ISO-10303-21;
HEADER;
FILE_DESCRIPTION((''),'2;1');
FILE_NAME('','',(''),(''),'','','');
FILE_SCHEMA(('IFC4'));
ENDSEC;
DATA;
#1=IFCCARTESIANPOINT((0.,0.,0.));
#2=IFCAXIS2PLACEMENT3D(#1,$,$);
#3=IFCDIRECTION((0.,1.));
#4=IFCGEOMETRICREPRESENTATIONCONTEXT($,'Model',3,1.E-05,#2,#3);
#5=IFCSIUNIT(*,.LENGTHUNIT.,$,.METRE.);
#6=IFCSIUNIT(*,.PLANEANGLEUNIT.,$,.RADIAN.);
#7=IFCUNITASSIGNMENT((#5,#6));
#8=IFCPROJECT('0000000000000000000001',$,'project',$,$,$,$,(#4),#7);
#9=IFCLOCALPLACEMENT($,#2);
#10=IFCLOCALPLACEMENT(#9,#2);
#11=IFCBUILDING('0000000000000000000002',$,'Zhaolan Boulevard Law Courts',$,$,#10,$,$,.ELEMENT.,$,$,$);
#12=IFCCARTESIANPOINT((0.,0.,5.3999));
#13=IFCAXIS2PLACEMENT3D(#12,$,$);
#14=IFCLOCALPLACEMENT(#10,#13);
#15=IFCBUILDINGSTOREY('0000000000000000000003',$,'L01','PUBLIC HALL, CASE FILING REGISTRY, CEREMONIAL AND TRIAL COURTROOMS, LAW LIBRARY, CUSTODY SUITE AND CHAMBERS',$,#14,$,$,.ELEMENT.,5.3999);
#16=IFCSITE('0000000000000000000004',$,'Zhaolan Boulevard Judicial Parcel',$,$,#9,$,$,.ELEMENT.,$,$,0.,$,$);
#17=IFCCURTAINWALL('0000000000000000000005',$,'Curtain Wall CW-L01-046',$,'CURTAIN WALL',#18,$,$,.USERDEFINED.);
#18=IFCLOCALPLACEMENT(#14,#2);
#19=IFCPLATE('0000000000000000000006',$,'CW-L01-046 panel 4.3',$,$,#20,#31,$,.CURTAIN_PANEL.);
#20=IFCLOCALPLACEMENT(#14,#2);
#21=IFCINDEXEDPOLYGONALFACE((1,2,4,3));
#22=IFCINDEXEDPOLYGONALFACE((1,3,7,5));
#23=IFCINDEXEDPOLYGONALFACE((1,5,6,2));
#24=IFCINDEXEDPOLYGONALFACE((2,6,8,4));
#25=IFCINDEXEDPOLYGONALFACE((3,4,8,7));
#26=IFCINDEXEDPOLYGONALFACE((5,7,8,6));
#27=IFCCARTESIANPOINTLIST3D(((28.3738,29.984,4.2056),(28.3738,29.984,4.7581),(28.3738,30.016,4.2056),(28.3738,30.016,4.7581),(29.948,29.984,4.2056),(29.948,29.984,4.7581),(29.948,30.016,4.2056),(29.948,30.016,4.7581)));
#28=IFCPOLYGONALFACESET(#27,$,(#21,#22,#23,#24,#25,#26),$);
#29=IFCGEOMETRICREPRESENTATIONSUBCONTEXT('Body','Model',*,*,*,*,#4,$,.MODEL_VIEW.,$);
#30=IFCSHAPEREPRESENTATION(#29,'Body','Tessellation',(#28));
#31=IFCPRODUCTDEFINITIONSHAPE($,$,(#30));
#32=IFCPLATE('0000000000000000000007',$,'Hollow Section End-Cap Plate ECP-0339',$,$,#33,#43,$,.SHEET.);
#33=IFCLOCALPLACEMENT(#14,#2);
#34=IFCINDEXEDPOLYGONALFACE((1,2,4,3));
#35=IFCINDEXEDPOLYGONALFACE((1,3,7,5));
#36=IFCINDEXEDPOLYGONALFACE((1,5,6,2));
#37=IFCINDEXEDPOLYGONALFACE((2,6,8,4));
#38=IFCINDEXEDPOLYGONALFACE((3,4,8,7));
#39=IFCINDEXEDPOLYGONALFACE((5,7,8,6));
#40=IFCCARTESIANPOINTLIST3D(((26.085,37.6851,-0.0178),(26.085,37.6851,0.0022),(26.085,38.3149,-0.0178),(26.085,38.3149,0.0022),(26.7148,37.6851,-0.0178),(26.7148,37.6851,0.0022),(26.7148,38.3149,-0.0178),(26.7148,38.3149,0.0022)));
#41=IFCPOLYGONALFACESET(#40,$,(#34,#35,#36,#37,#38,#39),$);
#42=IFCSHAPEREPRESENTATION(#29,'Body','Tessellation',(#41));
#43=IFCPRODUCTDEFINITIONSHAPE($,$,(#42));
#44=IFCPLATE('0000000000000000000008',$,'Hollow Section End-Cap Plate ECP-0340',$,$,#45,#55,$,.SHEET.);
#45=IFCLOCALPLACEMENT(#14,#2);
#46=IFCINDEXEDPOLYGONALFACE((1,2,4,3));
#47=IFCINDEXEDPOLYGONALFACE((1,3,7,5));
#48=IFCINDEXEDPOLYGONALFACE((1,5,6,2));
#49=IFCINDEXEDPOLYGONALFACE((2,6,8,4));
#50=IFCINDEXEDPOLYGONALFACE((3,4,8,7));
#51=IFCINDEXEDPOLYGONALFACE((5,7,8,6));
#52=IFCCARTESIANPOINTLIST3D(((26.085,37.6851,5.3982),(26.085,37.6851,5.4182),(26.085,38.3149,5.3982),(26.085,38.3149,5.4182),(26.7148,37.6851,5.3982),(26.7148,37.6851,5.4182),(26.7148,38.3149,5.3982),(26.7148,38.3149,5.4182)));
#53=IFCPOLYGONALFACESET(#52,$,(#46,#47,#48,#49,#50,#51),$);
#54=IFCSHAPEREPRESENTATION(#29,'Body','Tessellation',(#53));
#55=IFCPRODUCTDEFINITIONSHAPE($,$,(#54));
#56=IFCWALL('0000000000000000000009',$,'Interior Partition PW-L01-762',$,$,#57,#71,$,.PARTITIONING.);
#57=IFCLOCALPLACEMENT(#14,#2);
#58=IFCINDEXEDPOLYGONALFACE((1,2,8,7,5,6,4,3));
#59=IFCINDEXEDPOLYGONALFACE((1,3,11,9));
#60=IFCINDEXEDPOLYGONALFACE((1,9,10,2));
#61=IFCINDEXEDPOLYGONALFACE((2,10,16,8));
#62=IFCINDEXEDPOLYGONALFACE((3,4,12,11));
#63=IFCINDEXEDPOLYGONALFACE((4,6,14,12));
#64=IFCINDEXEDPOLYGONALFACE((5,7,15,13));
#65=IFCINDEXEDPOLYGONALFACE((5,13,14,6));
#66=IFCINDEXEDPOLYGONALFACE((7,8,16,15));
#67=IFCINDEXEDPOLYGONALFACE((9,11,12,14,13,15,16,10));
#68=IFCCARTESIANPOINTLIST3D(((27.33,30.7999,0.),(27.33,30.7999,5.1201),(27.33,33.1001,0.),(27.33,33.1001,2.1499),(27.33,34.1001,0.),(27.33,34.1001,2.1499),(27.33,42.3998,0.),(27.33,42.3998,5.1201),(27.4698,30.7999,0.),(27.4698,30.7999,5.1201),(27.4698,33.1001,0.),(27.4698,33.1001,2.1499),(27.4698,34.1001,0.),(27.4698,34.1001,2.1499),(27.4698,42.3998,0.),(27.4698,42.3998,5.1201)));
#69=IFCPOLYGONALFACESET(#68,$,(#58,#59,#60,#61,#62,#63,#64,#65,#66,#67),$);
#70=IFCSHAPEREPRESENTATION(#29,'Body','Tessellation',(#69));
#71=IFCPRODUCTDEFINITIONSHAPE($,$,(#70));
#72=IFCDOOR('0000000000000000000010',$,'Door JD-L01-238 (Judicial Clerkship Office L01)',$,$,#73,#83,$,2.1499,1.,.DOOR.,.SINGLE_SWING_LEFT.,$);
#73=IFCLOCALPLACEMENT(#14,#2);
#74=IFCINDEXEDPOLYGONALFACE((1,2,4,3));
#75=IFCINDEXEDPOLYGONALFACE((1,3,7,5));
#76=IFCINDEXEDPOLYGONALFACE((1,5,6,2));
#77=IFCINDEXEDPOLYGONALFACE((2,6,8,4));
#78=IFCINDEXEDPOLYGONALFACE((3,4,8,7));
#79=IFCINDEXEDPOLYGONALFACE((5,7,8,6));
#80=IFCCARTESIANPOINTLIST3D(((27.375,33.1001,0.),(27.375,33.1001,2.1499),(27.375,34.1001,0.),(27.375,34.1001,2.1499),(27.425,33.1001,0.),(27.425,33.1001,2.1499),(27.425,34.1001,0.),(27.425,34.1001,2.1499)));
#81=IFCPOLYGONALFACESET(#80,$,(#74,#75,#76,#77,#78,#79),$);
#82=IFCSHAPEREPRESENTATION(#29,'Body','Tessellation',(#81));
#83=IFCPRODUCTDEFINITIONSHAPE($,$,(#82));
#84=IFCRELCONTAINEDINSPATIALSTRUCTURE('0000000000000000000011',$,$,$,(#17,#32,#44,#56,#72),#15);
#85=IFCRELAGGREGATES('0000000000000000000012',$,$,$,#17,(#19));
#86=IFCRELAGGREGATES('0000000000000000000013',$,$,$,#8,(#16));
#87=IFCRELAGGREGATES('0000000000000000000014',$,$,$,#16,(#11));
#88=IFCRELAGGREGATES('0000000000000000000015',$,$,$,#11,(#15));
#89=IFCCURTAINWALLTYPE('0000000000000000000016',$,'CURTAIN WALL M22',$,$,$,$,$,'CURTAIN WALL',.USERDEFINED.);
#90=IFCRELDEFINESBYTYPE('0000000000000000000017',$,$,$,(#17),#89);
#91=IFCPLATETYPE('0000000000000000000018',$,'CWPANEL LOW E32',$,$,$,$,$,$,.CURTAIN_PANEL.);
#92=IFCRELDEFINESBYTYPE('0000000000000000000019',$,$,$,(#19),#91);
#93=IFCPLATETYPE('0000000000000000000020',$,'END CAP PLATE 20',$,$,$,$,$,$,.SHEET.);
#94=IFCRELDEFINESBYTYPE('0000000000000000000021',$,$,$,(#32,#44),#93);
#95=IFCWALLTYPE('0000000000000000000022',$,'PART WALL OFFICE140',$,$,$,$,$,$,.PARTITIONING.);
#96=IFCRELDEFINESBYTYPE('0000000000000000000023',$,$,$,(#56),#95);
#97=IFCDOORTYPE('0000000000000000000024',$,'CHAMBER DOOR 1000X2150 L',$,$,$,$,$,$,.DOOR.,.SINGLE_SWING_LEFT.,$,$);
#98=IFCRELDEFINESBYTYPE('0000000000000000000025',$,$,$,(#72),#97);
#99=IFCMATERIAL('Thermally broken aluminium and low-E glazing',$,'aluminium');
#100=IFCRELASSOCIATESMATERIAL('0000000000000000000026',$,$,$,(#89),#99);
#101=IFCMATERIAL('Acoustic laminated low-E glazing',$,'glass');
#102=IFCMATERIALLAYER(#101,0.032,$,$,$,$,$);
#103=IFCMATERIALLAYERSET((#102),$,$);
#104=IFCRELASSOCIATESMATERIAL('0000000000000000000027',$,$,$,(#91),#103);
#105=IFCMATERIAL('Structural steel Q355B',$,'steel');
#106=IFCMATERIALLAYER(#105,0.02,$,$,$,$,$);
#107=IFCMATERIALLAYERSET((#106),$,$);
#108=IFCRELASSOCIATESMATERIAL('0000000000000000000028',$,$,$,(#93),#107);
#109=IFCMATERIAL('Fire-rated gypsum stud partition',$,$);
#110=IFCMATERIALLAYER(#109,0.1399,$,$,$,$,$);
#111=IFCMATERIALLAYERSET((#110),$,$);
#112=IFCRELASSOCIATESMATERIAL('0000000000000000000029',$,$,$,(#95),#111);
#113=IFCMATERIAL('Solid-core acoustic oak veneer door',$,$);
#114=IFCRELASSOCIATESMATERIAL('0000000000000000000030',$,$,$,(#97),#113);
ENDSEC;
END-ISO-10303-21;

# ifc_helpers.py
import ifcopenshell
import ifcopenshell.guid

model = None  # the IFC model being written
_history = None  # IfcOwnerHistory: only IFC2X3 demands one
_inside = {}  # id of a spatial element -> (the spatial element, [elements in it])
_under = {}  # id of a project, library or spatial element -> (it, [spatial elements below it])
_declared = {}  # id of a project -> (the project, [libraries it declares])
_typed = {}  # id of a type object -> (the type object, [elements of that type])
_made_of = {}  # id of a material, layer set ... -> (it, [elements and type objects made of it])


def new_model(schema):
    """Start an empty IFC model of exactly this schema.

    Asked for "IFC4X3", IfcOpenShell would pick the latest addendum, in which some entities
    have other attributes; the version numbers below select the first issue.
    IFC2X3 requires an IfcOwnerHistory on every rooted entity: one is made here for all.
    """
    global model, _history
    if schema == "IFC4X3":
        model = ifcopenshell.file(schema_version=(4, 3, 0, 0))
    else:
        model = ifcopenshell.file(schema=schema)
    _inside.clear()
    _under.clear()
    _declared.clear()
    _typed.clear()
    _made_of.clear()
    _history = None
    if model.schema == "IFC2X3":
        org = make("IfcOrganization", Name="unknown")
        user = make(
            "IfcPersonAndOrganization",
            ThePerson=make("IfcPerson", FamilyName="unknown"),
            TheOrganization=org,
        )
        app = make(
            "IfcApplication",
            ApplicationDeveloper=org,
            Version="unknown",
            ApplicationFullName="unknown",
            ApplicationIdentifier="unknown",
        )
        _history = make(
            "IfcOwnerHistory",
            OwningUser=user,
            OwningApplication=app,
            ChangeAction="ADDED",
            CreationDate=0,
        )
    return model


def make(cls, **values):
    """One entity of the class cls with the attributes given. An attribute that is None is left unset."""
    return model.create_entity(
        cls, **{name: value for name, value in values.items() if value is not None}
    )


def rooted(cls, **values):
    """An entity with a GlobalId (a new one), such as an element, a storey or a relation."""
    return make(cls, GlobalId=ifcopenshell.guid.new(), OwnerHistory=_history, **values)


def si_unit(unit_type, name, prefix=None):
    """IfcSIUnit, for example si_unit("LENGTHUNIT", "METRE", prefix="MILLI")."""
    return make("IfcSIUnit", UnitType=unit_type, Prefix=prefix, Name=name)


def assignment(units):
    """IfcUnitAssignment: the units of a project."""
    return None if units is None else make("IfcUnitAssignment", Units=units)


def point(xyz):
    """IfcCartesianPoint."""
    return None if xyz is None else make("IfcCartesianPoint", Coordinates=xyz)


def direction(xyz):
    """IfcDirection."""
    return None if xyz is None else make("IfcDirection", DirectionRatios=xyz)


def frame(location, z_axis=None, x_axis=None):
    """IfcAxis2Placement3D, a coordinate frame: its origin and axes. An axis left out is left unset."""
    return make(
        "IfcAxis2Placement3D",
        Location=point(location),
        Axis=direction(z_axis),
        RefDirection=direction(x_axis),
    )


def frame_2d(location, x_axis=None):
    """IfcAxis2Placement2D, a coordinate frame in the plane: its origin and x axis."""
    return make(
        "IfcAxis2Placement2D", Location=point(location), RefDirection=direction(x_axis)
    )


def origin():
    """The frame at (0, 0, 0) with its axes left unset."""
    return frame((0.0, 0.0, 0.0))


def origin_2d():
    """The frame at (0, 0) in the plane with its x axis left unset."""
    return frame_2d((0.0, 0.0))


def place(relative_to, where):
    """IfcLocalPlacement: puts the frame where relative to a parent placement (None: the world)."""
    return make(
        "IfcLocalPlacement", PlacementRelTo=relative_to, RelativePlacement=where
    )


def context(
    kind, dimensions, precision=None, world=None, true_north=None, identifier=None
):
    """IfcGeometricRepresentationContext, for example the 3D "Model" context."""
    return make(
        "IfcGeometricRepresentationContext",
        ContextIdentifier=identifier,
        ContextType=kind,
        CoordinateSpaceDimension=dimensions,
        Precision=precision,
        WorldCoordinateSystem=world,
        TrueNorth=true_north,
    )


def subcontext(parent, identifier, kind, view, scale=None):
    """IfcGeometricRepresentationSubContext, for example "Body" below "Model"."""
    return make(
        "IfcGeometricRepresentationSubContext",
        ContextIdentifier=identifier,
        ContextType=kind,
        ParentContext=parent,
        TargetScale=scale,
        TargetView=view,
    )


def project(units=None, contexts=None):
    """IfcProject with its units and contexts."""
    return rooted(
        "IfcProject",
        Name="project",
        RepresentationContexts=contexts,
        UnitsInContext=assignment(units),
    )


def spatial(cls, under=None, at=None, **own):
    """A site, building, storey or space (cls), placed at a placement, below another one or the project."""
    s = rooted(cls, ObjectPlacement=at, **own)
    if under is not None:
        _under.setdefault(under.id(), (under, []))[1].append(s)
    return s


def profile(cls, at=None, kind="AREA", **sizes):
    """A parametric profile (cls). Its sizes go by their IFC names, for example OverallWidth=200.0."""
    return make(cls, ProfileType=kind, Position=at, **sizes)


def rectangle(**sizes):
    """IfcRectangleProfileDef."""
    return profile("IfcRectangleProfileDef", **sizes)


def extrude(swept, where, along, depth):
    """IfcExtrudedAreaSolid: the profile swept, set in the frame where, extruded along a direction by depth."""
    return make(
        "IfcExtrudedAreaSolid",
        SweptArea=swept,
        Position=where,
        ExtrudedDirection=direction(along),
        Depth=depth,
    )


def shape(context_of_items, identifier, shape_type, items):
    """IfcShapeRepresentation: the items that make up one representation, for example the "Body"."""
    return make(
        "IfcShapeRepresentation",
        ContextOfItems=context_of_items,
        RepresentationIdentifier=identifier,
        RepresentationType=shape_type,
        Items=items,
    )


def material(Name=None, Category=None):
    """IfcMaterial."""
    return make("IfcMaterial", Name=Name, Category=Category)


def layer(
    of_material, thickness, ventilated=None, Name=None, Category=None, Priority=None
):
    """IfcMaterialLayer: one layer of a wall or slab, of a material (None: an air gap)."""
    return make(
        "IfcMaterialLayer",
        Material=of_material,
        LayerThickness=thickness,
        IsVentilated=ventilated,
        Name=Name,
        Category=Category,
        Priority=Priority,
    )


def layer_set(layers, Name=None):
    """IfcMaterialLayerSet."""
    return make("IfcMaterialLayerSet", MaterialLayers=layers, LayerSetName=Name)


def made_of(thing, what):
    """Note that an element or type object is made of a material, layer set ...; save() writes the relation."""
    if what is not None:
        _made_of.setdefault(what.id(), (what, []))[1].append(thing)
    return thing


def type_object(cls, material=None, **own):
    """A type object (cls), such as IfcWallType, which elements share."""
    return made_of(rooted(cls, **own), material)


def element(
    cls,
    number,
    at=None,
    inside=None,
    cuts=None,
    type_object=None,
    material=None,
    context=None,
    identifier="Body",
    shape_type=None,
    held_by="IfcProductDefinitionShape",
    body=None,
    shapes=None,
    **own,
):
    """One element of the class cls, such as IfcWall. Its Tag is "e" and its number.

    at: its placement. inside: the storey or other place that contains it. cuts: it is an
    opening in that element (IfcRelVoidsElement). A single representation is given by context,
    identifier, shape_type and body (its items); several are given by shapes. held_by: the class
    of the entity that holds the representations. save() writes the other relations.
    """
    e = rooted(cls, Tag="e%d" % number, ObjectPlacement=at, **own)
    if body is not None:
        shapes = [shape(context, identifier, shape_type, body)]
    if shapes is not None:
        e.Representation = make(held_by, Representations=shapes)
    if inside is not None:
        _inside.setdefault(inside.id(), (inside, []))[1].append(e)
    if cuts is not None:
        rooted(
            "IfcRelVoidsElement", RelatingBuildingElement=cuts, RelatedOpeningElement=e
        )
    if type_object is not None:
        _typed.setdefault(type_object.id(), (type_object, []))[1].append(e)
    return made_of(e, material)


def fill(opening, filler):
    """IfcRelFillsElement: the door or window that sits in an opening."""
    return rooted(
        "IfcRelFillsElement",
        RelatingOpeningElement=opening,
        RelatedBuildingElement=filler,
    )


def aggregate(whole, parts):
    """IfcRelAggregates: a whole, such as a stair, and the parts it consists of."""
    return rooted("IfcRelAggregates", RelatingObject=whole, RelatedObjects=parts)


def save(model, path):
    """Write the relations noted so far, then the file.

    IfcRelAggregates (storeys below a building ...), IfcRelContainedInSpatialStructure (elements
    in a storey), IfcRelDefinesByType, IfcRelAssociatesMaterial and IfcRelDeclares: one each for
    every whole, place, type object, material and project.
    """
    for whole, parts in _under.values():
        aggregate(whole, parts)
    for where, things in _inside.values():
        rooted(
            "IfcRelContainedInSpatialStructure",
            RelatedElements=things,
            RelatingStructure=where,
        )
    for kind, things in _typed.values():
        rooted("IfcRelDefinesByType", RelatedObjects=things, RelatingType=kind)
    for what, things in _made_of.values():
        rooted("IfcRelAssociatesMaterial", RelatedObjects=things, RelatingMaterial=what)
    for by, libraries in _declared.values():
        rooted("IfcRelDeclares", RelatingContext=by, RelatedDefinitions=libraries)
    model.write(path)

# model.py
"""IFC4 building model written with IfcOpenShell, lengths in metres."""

from ifc_helpers import new_model, si_unit, direction, frame, frame_2d, origin, origin_2d, place, context, subcontext, project, spatial, rectangle, extrude, material, layer, layer_set, type_object, element, fill, aggregate, save


model = new_model("IFC4")

# Units and contexts
model_context = context("Model", 3, precision=1e-05, world=origin(), true_north=direction((0.0, 1.0)))
body_context = subcontext(model_context, "Body", "Model", "MODEL_VIEW")
ifc_project = project(units=[si_unit("LENGTHUNIT", "METRE"), si_unit("PLANEANGLEUNIT", "RADIAN")], contexts=[model_context])

# Site, building, storey
site_placement = place(None, origin())
site = spatial("IfcSite", under=ifc_project, at=site_placement, Name="Zhaolan Boulevard Judicial Parcel", CompositionType="ELEMENT", RefElevation=0.0)
building_placement = place(site_placement, origin())
building = spatial("IfcBuilding", under=site, at=building_placement, Name="Zhaolan Boulevard Law Courts", CompositionType="ELEMENT")
storey_placement = place(building_placement, frame((0.0, 0.0, 5.3999)))
storey = spatial("IfcBuildingStorey", under=building, at=storey_placement, Name="L01", Description="PUBLIC HALL, CASE FILING REGISTRY, CEREMONIAL AND TRIAL COURTROOMS, LAW LIBRARY, CUSTODY SUITE AND CHAMBERS", CompositionType="ELEMENT", Elevation=5.3999)

# Curtain wall
ifc_material_1 = material(Name="Thermally broken aluminium and low-E glazing", Category="aluminium")
curtain_wall_type = type_object("IfcCurtainWallType", Name="CURTAIN WALL M22", ElementType="CURTAIN WALL", PredefinedType="USERDEFINED", material=ifc_material_1)
curtain_wall_placement = place(storey_placement, origin())
curtain_wall = element("IfcCurtainWall", 1, at=curtain_wall_placement, inside=storey, type_object=curtain_wall_type, Name="Curtain Wall CW-L01-046", ObjectType="CURTAIN WALL", PredefinedType="USERDEFINED")

# Plate
ifc_material_2 = material(Name="Acoustic laminated low-E glazing", Category="glass")
ifc_layer_1 = layer(ifc_material_2, 0.032)
ifc_layer_set_1 = layer_set([ifc_layer_1])
plate_type_1 = type_object("IfcPlateType", Name="CWPANEL LOW E32", PredefinedType="CURTAIN_PANEL", material=ifc_layer_set_1)
plate_1_placement = place(storey_placement, frame((29.1609, 30.0, 4.2056), z_axis=(0.0, 0.0, 1.0), x_axis=(-1.0, 0.0, 0.0)))
plate_1 = element("IfcPlate", 2, at=plate_1_placement, type_object=plate_type_1, Name="CW-L01-046 panel 4.3", PredefinedType="CURTAIN_PANEL", context=body_context, shape_type="SweptSolid", body=[
    extrude(rectangle(XDim=1.5742, YDim=0.032, at=origin_2d()), origin(), (0.0, 0.0, 1.0), 0.5525),
])
aggregate(curtain_wall, [plate_1])

# Plates
ifc_material_3 = material(Name="Structural steel Q355B", Category="steel")
ifc_layer_2 = layer(ifc_material_3, 0.02)
ifc_layer_set_2 = layer_set([ifc_layer_2])
plate_type_2 = type_object("IfcPlateType", Name="END CAP PLATE 20", PredefinedType="SHEET", material=ifc_layer_set_2)
for number, where, z_axis, x_axis, name in (
    (3, (26.3999, 38.0, -0.0178), (0.0, 0.0, 1.0), (1.0, 0.0, 0.0), "Hollow Section End-Cap Plate ECP-0339"),
    (4, (26.3999, 38.0, 5.3982), (0.0, 0.0, 1.0), (1.0, 0.0, 0.0), "Hollow Section End-Cap Plate ECP-0340"),
):
    element("IfcPlate", number, at=place(storey_placement, frame(where, z_axis=z_axis, x_axis=x_axis)), inside=storey, type_object=plate_type_2, Name=name, PredefinedType="SHEET", context=body_context, shape_type="SweptSolid", body=[
        extrude(rectangle(XDim=0.6299, YDim=0.6299, at=origin_2d()), origin(), (0.0, 0.0, 1.0), 0.02),
    ])

# Wall, opening, door
ifc_material_4 = material(Name="Fire-rated gypsum stud partition")
ifc_layer_3 = layer(ifc_material_4, 0.1399)
ifc_layer_set_3 = layer_set([ifc_layer_3])
wall_type = type_object("IfcWallType", Name="PART WALL OFFICE140", PredefinedType="PARTITIONING", material=ifc_layer_set_3)
wall_placement = place(storey_placement, frame((27.3999, 30.8, 0.0), z_axis=(0.0, 0.0, 1.0), x_axis=(0.0, 1.0, 0.0)))
wall = element("IfcWall", 5, at=wall_placement, inside=storey, type_object=wall_type, Name="Interior Partition PW-L01-762", PredefinedType="PARTITIONING", context=body_context, shape_type="SweptSolid", body=[
    extrude(rectangle(XDim=11.5999, YDim=0.1399, at=frame_2d((5.7998, 0.0))), origin(), (0.0, 0.0, 1.0), 5.1201),
])
opening_placement = place(wall_placement, frame((2.3, 0.0, 0.0)))
opening = element("IfcOpeningElement", 6, at=opening_placement, cuts=wall, PredefinedType="OPENING", context=body_context, shape_type="SweptSolid", body=[
    extrude(rectangle(XDim=1.0, YDim=2.1499, at=frame_2d((0.5, 1.075))), frame((0.0, 0.0798, 0.0), z_axis=(0.0, -1.0, 0.0), x_axis=(1.0, 0.0, 0.0)), (0.0, 0.0, 1.0), 0.1599),
])
ifc_material_5 = material(Name="Solid-core acoustic oak veneer door")
door_type = type_object("IfcDoorType", Name="CHAMBER DOOR 1000X2150 L", OperationType="SINGLE_SWING_LEFT", PredefinedType="DOOR", material=ifc_material_5)
door_placement = place(opening_placement, origin())
door = element("IfcDoor", 7, at=door_placement, inside=storey, type_object=door_type, Name="Door JD-L01-238 (Judicial Clerkship Office L01)", OperationType="SINGLE_SWING_LEFT", OverallHeight=2.1499, OverallWidth=1.0, PredefinedType="DOOR", context=body_context, shape_type="SweptSolid", body=[
    extrude(rectangle(XDim=1.0, YDim=2.1499, at=frame_2d((0.5, 1.075))), frame((0.0, 0.0249, 0.0), z_axis=(0.0, -1.0, 0.0), x_axis=(1.0, 0.0, 0.0)), (0.0, 0.0, 1.0), 0.05),
])
fill(opening, door)

save(model, "model.ifc")
